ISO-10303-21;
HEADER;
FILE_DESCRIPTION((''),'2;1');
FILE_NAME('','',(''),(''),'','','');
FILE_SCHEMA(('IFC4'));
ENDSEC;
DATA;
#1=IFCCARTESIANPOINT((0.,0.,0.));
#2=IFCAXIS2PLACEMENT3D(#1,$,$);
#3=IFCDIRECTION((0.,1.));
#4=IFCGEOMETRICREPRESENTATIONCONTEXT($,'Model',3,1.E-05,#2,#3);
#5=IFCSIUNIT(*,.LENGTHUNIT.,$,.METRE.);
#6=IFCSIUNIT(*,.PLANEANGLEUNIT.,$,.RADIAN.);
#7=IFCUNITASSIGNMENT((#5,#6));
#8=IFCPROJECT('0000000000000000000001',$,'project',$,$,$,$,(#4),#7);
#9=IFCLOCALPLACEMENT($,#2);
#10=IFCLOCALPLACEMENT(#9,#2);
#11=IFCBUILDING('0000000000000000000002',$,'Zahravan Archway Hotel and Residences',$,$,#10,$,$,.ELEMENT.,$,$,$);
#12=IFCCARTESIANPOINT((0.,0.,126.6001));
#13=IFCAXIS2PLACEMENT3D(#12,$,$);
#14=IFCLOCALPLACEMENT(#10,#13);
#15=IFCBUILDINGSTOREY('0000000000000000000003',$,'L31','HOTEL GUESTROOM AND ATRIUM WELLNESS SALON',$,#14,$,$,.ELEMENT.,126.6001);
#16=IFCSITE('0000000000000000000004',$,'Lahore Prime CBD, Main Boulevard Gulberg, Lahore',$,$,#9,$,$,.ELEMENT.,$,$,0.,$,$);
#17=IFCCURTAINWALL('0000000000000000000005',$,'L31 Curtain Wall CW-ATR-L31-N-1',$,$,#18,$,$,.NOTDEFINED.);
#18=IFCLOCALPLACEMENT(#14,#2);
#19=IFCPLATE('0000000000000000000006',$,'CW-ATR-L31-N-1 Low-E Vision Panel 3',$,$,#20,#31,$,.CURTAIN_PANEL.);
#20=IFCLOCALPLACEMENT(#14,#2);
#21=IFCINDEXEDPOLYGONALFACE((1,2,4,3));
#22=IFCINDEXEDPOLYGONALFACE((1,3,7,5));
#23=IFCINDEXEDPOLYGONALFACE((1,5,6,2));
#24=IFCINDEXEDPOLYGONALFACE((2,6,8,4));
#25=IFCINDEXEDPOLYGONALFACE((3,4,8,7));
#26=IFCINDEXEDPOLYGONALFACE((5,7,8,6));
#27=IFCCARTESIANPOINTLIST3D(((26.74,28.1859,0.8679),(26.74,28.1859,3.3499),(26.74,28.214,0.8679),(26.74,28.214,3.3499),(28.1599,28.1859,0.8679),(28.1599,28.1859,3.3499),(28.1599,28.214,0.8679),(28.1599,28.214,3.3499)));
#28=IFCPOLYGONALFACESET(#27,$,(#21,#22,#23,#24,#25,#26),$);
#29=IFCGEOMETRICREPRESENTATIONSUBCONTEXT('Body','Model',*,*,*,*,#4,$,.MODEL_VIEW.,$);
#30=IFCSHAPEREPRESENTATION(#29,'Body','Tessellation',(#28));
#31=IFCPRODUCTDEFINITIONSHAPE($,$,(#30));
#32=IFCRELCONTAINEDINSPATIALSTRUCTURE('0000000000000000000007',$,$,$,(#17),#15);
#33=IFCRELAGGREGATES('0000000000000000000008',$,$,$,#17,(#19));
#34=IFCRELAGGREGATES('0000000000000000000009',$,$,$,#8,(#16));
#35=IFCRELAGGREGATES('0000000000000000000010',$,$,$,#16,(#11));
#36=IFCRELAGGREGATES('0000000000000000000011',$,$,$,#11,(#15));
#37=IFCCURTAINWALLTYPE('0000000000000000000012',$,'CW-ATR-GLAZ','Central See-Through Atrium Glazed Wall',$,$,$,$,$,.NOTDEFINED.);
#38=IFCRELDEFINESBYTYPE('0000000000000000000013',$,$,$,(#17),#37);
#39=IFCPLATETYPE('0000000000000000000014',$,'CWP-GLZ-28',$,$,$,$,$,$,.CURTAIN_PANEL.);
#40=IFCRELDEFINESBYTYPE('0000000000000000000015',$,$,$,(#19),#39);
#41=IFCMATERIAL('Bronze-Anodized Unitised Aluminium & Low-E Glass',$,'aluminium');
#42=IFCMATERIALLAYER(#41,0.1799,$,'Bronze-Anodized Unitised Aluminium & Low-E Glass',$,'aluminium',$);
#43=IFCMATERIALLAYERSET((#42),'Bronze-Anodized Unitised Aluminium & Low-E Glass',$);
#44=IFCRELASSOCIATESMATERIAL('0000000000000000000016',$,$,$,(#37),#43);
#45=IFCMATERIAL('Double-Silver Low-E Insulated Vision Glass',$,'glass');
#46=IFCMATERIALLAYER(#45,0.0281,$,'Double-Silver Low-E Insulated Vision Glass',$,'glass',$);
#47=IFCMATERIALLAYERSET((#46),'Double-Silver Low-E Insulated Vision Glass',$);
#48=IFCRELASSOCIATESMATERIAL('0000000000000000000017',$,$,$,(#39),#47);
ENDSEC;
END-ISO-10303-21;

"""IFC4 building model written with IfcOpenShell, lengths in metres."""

from ifc_helpers import new_model, si_unit, direction, frame, origin, origin_2d, place, context, subcontext, project, spatial, rectangle, extrude, source, transform, mapped, material, layer, layer_set, type_object, element, aggregate, save


model = new_model("IFC4")

# Units and contexts
model_context = context("Model", 3, precision=1e-05, world=origin(), true_north=direction((0.0, 1.0)))
body_context = subcontext(model_context, "Body", "Model", "MODEL_VIEW")
ifc_project = project(units=[si_unit("LENGTHUNIT", "METRE"), si_unit("PLANEANGLEUNIT", "RADIAN")], contexts=[model_context])

# Site, building, storey
site_placement = place(None, origin())
site = spatial("IfcSite", under=ifc_project, at=site_placement, Name="Lahore Prime CBD, Main Boulevard Gulberg, Lahore", CompositionType="ELEMENT", RefElevation=0.0)
building_placement = place(site_placement, origin())
building = spatial("IfcBuilding", under=site, at=building_placement, Name="Zahravan Archway Hotel and Residences", CompositionType="ELEMENT")
storey_placement = place(building_placement, frame((0.0, 0.0, 126.6001)))
storey = spatial("IfcBuildingStorey", under=building, at=storey_placement, Name="L31", Description="HOTEL GUESTROOM AND ATRIUM WELLNESS SALON", CompositionType="ELEMENT", Elevation=126.6001)

# Curtain wall
ifc_material_1 = material(Name="Bronze-Anodized Unitised Aluminium & Low-E Glass", Category="aluminium")
ifc_layer_1 = layer(ifc_material_1, 0.1799, Name="Bronze-Anodized Unitised Aluminium & Low-E Glass", Category="aluminium")
ifc_layer_set_1 = layer_set([ifc_layer_1], Name="Bronze-Anodized Unitised Aluminium & Low-E Glass")
curtain_wall_type = type_object("IfcCurtainWallType", Name="CW-ATR-GLAZ", Description="Central See-Through Atrium Glazed Wall", PredefinedType="NOTDEFINED", material=ifc_layer_set_1)
curtain_wall_1_placement = place(storey_placement, origin())
curtain_wall_1 = element("IfcCurtainWall", 1, at=curtain_wall_1_placement, inside=storey, type_object=curtain_wall_type, Name="L31 Curtain Wall CW-ATR-L31-N-1", PredefinedType="NOTDEFINED")

# Plate
ifc_material_2 = material(Name="Double-Silver Low-E Insulated Vision Glass", Category="glass")
ifc_layer_2 = layer(ifc_material_2, 0.0281, Name="Double-Silver Low-E Insulated Vision Glass", Category="glass")
ifc_layer_set_2 = layer_set([ifc_layer_2], Name="Double-Silver Low-E Insulated Vision Glass")
plate_type_1 = type_object("IfcPlateType", Name="CWP-GLZ-28", PredefinedType="CURTAIN_PANEL", material=ifc_layer_set_2)
shared_shape_1 = source(origin(), body_context, "Body", "SweptSolid", [
    extrude(rectangle(XDim=1.4199, YDim=0.0281, at=origin_2d()), origin(), (0.0, 0.0, 1.0), 2.4819),
])
plate_1_placement = place(storey_placement, frame((27.45, 28.2, 0.8679), z_axis=(0.0, 0.0, 1.0), x_axis=(1.0, 0.0, 0.0)))
plate_1 = element("IfcPlate", 2, at=plate_1_placement, type_object=plate_type_1, Name="CW-ATR-L31-N-1 Low-E Vision Panel 3", PredefinedType="CURTAIN_PANEL", context=body_context, shape_type="MappedRepresentation", body=[
    mapped(shared_shape_1, transform((0.0, 0.0, 0.0), scale=1.0)),
])
aggregate(curtain_wall_1, [plate_1])

save(model, "model.ifc")
